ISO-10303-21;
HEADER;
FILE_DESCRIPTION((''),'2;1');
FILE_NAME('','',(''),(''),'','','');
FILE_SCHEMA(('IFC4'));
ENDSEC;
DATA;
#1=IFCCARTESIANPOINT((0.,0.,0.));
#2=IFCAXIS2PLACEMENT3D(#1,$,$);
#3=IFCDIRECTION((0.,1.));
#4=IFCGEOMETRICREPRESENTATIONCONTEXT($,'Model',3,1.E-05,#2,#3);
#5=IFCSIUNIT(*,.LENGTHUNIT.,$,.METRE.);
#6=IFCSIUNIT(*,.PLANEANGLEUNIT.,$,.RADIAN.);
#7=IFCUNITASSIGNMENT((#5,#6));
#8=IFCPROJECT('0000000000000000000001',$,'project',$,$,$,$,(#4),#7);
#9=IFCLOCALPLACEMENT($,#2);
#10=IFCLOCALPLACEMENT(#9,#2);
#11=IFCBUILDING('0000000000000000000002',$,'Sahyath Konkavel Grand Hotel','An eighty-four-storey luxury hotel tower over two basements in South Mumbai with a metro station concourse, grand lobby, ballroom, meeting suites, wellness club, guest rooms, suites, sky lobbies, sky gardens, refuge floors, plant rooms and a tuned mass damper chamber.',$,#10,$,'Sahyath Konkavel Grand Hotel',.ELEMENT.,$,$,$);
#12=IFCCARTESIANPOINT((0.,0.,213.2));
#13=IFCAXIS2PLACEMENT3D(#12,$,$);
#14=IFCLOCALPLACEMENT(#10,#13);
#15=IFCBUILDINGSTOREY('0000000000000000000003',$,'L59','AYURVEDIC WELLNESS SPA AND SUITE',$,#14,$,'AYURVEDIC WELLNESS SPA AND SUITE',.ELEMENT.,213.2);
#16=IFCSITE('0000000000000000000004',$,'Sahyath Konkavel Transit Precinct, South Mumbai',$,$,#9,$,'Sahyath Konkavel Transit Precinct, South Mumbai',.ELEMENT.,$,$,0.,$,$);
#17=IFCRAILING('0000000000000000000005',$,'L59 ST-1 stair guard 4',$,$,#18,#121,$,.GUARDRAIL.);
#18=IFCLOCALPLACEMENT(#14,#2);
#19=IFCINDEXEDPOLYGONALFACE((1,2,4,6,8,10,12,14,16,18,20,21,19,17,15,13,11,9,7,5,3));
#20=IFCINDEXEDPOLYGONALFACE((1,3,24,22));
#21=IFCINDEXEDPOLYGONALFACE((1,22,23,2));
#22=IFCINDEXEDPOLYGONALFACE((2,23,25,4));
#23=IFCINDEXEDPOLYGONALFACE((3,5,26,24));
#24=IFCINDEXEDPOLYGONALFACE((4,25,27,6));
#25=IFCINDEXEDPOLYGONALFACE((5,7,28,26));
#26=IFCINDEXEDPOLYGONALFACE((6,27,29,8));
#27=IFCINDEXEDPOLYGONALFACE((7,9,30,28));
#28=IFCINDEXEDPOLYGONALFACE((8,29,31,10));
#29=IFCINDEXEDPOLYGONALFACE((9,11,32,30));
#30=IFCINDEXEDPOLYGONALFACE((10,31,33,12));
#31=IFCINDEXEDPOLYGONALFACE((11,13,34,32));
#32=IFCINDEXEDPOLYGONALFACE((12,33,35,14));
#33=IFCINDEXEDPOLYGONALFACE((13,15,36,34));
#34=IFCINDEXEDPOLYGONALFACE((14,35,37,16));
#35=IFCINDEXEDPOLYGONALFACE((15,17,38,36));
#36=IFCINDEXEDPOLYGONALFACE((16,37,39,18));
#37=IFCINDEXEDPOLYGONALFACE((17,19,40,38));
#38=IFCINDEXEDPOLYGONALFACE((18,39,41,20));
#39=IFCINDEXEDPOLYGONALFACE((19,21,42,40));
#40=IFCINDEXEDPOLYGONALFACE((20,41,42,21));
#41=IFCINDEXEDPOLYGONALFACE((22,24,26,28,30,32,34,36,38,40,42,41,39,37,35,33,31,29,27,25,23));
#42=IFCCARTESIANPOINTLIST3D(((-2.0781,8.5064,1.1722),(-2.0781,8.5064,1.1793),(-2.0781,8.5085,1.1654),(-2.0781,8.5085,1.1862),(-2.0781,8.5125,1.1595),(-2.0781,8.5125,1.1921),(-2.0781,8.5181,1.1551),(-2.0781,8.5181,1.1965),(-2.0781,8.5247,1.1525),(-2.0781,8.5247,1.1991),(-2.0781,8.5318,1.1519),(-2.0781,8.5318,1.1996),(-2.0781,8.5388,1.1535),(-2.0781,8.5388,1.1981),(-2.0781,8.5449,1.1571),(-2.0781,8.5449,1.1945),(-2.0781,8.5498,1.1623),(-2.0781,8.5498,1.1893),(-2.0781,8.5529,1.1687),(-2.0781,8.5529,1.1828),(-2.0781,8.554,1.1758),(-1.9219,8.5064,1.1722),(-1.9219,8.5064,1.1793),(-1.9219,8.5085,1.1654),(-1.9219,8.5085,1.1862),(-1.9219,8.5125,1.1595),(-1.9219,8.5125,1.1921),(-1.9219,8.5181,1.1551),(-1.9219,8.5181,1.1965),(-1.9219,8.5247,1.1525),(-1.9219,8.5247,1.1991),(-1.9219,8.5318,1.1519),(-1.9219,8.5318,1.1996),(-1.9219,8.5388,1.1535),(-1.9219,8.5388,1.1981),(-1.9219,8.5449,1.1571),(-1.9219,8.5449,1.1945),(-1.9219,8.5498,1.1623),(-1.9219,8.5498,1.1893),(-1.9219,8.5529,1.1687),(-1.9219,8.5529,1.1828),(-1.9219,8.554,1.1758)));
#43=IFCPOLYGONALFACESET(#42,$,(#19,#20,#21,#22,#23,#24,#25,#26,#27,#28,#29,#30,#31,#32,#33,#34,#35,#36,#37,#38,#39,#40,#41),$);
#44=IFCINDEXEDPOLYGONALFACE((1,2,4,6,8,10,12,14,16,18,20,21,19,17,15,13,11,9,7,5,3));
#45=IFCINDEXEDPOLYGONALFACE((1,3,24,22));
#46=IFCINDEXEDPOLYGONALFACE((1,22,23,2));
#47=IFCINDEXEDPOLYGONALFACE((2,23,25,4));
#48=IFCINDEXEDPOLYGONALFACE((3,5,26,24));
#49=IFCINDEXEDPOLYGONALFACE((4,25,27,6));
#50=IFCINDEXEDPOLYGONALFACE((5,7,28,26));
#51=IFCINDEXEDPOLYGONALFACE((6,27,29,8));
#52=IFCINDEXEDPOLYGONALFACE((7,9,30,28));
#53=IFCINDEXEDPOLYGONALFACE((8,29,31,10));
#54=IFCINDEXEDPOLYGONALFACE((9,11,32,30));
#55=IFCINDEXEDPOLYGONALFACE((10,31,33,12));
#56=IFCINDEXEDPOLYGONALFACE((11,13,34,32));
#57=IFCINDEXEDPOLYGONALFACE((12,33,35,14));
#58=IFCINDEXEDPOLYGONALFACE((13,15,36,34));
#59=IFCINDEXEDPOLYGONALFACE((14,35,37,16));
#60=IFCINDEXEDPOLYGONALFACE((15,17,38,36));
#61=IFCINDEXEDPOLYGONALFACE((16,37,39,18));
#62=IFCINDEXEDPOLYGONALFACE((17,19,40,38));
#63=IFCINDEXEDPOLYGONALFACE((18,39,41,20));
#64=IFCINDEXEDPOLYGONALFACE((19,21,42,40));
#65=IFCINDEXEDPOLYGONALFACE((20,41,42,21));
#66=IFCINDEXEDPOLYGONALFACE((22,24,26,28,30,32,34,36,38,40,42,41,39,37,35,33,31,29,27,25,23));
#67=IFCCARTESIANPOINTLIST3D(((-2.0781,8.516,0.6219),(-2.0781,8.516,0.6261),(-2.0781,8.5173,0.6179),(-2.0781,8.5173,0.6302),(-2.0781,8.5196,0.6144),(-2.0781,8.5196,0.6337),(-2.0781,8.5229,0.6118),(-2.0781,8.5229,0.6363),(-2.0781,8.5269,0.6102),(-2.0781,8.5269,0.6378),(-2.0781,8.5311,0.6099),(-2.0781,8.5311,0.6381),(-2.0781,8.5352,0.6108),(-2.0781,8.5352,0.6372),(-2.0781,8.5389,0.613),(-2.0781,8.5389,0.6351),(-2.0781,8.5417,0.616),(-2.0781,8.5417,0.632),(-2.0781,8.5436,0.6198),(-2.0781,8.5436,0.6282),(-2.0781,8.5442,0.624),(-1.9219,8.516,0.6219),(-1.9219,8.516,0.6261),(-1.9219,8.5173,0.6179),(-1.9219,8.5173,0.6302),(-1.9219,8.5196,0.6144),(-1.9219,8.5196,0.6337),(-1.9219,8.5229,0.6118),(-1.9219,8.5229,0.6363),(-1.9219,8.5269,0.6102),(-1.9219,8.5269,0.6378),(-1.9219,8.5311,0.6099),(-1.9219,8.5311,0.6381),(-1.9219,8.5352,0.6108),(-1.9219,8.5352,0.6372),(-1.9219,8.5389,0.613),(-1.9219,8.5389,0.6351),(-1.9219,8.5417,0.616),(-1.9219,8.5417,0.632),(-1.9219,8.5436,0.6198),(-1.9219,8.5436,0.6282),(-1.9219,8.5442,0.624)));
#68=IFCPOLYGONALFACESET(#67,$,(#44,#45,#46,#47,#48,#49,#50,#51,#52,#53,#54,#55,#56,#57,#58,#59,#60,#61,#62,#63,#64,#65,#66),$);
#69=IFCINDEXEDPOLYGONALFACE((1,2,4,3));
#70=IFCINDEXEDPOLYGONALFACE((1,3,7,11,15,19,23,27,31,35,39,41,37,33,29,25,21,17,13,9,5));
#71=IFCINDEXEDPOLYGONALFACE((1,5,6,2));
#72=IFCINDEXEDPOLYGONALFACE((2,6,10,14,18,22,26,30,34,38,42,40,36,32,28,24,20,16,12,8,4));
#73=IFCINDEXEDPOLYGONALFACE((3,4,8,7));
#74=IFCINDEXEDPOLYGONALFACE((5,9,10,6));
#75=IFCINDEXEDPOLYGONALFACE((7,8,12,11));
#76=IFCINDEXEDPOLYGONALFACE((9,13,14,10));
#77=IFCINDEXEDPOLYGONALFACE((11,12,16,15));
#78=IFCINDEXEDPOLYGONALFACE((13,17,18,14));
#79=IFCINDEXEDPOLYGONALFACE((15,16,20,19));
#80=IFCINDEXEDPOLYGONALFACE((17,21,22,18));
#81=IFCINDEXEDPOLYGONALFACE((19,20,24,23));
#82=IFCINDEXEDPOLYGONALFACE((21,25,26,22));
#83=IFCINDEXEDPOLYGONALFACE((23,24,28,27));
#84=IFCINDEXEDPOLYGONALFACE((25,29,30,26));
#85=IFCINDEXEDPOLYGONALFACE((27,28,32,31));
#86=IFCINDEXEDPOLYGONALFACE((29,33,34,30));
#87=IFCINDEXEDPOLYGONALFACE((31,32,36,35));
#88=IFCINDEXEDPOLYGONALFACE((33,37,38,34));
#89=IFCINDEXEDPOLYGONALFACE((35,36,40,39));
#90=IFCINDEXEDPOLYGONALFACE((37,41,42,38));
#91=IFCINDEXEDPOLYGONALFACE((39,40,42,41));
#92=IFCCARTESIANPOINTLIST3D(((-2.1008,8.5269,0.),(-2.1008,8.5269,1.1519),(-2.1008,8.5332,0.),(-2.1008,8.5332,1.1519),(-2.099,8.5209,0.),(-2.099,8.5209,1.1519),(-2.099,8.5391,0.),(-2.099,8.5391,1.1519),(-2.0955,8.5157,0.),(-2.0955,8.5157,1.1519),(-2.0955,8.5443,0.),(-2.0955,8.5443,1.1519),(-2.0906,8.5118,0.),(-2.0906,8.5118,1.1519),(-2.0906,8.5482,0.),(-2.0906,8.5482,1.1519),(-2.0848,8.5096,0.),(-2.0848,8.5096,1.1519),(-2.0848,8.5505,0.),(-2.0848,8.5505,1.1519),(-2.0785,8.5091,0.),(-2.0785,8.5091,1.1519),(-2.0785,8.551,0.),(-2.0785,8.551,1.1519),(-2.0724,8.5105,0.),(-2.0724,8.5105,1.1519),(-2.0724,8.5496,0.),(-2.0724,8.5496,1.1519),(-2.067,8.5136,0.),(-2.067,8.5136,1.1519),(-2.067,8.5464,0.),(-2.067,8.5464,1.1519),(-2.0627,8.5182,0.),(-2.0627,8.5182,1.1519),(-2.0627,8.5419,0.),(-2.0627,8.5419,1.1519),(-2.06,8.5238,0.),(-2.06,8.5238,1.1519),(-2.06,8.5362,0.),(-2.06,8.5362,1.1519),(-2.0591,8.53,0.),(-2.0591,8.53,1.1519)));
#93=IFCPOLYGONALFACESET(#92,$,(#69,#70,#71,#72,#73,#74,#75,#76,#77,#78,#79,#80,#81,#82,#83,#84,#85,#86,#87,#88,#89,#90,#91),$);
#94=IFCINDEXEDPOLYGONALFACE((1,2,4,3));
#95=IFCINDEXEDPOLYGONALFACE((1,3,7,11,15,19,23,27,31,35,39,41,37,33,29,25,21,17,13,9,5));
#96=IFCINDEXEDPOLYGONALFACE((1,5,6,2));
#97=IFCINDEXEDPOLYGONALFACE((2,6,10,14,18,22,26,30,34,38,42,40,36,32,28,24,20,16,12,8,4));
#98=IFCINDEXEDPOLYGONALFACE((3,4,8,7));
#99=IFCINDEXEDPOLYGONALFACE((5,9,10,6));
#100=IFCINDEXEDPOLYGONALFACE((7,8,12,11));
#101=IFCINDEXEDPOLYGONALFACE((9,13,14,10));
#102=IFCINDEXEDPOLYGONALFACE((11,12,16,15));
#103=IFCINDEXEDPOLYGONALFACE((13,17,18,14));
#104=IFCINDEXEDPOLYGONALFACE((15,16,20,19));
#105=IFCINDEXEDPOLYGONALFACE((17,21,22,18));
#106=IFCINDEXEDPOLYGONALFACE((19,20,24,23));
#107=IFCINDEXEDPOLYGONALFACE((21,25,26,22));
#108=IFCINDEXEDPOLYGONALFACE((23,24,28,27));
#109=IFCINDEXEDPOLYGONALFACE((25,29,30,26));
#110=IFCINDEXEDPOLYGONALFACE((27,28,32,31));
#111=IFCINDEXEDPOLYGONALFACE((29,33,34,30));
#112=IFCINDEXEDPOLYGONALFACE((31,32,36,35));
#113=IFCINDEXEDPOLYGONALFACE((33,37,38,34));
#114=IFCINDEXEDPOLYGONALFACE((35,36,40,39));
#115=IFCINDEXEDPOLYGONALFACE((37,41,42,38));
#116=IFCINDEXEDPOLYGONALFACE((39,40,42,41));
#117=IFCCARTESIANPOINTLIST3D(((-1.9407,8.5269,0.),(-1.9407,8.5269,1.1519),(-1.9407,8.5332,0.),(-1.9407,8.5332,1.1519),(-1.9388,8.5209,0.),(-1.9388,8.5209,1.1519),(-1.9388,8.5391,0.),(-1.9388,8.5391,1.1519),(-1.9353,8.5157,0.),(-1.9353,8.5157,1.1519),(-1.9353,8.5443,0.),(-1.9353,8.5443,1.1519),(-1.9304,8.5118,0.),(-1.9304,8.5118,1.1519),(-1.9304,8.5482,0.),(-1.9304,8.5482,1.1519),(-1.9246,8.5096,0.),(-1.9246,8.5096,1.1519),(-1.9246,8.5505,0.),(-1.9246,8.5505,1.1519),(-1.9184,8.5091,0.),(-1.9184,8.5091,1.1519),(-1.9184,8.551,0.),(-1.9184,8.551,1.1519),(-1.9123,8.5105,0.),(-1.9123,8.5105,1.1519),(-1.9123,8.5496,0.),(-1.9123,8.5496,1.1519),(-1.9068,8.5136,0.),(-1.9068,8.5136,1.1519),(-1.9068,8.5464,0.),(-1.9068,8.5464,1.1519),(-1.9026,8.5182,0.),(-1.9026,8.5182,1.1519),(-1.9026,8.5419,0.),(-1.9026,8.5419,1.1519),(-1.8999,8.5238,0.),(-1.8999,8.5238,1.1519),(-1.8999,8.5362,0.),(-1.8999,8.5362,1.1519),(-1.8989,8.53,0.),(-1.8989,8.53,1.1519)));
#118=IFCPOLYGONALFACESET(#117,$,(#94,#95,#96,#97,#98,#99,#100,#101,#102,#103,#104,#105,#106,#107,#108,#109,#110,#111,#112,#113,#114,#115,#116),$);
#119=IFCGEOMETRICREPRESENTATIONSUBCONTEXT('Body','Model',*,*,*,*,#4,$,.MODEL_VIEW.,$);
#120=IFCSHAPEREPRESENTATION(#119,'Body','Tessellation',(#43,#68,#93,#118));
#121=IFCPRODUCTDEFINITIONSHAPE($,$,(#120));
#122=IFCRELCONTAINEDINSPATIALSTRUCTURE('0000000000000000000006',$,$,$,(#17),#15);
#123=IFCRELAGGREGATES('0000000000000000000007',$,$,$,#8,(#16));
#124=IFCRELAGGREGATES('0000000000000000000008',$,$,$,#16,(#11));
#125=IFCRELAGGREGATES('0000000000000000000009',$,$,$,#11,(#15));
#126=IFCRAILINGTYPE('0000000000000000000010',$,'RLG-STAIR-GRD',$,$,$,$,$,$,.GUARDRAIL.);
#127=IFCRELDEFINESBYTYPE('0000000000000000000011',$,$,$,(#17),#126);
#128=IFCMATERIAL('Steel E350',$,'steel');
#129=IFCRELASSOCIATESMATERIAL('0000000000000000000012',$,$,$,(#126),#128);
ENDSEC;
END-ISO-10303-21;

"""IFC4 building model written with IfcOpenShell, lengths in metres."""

from ifc_helpers import new_model, si_unit, direction, frame, origin, origin_2d, place, context, subcontext, project, spatial, circle, extrude, material, type_object, element, save


model = new_model("IFC4")

# Units and contexts
model_context = context("Model", 3, precision=1e-05, world=origin(), true_north=direction((0.0, 1.0)))
body_context = subcontext(model_context, "Body", "Model", "MODEL_VIEW")
ifc_project = project(units=[si_unit("LENGTHUNIT", "METRE"), si_unit("PLANEANGLEUNIT", "RADIAN")], contexts=[model_context])

# Site, building, storey
site_placement = place(None, origin())
site = spatial("IfcSite", under=ifc_project, at=site_placement, Name="Sahyath Konkavel Transit Precinct, South Mumbai", LongName="Sahyath Konkavel Transit Precinct, South Mumbai", CompositionType="ELEMENT", RefElevation=0.0)
building_placement = place(site_placement, origin())
building = spatial("IfcBuilding", under=site, at=building_placement, Name="Sahyath Konkavel Grand Hotel", Description="An eighty-four-storey luxury hotel tower over two basements in South Mumbai with a metro station concourse, grand lobby, ballroom, meeting suites, wellness club, guest rooms, suites, sky lobbies, sky gardens, refuge floors, plant rooms and a tuned mass damper chamber.", LongName="Sahyath Konkavel Grand Hotel", CompositionType="ELEMENT")
storey_placement = place(building_placement, frame((0.0, 0.0, 213.2)))
storey = spatial("IfcBuildingStorey", under=building, at=storey_placement, Name="L59", Description="AYURVEDIC WELLNESS SPA AND SUITE", LongName="AYURVEDIC WELLNESS SPA AND SUITE", CompositionType="ELEMENT", Elevation=213.2)

# Shared definitions
ifc_material_1 = material(Name="Steel E350", Category="steel")

# Railing
railing_type_1 = type_object("IfcRailingType", Name="RLG-STAIR-GRD", PredefinedType="GUARDRAIL", material=ifc_material_1)
railing_1_placement = place(storey_placement, frame((-2.0801, 8.53, 0.0)))
element("IfcRailing", 1, at=railing_1_placement, inside=storey, type_object=railing_type_1, Name="L59 ST-1 stair guard 4", PredefinedType="GUARDRAIL", context=body_context, shape_type="SweptSolid", body=[
    extrude(circle(Radius=0.0239, at=origin_2d()), frame((0.002, 0.0, 1.1758), z_axis=(1.0, 0.0, 0.0), x_axis=(0.0, 1.0, 0.0)), (0.0, 0.0, 1.0), 0.1562),
    extrude(circle(Radius=0.0142, at=origin_2d()), frame((0.002, 0.0, 0.624), z_axis=(1.0, 0.0, 0.0), x_axis=(0.0, 1.0, 0.0)), (0.0, 0.0, 1.0), 0.1562),
    extrude(circle(Radius=0.021, at=origin_2d()), origin(), (0.0, 0.0, 1.0), 1.1519),
    extrude(circle(Radius=0.021, at=origin_2d()), frame((0.1602, 0.0, 0.0)), (0.0, 0.0, 1.0), 1.1519),
])

save(model, "model.ifc")
